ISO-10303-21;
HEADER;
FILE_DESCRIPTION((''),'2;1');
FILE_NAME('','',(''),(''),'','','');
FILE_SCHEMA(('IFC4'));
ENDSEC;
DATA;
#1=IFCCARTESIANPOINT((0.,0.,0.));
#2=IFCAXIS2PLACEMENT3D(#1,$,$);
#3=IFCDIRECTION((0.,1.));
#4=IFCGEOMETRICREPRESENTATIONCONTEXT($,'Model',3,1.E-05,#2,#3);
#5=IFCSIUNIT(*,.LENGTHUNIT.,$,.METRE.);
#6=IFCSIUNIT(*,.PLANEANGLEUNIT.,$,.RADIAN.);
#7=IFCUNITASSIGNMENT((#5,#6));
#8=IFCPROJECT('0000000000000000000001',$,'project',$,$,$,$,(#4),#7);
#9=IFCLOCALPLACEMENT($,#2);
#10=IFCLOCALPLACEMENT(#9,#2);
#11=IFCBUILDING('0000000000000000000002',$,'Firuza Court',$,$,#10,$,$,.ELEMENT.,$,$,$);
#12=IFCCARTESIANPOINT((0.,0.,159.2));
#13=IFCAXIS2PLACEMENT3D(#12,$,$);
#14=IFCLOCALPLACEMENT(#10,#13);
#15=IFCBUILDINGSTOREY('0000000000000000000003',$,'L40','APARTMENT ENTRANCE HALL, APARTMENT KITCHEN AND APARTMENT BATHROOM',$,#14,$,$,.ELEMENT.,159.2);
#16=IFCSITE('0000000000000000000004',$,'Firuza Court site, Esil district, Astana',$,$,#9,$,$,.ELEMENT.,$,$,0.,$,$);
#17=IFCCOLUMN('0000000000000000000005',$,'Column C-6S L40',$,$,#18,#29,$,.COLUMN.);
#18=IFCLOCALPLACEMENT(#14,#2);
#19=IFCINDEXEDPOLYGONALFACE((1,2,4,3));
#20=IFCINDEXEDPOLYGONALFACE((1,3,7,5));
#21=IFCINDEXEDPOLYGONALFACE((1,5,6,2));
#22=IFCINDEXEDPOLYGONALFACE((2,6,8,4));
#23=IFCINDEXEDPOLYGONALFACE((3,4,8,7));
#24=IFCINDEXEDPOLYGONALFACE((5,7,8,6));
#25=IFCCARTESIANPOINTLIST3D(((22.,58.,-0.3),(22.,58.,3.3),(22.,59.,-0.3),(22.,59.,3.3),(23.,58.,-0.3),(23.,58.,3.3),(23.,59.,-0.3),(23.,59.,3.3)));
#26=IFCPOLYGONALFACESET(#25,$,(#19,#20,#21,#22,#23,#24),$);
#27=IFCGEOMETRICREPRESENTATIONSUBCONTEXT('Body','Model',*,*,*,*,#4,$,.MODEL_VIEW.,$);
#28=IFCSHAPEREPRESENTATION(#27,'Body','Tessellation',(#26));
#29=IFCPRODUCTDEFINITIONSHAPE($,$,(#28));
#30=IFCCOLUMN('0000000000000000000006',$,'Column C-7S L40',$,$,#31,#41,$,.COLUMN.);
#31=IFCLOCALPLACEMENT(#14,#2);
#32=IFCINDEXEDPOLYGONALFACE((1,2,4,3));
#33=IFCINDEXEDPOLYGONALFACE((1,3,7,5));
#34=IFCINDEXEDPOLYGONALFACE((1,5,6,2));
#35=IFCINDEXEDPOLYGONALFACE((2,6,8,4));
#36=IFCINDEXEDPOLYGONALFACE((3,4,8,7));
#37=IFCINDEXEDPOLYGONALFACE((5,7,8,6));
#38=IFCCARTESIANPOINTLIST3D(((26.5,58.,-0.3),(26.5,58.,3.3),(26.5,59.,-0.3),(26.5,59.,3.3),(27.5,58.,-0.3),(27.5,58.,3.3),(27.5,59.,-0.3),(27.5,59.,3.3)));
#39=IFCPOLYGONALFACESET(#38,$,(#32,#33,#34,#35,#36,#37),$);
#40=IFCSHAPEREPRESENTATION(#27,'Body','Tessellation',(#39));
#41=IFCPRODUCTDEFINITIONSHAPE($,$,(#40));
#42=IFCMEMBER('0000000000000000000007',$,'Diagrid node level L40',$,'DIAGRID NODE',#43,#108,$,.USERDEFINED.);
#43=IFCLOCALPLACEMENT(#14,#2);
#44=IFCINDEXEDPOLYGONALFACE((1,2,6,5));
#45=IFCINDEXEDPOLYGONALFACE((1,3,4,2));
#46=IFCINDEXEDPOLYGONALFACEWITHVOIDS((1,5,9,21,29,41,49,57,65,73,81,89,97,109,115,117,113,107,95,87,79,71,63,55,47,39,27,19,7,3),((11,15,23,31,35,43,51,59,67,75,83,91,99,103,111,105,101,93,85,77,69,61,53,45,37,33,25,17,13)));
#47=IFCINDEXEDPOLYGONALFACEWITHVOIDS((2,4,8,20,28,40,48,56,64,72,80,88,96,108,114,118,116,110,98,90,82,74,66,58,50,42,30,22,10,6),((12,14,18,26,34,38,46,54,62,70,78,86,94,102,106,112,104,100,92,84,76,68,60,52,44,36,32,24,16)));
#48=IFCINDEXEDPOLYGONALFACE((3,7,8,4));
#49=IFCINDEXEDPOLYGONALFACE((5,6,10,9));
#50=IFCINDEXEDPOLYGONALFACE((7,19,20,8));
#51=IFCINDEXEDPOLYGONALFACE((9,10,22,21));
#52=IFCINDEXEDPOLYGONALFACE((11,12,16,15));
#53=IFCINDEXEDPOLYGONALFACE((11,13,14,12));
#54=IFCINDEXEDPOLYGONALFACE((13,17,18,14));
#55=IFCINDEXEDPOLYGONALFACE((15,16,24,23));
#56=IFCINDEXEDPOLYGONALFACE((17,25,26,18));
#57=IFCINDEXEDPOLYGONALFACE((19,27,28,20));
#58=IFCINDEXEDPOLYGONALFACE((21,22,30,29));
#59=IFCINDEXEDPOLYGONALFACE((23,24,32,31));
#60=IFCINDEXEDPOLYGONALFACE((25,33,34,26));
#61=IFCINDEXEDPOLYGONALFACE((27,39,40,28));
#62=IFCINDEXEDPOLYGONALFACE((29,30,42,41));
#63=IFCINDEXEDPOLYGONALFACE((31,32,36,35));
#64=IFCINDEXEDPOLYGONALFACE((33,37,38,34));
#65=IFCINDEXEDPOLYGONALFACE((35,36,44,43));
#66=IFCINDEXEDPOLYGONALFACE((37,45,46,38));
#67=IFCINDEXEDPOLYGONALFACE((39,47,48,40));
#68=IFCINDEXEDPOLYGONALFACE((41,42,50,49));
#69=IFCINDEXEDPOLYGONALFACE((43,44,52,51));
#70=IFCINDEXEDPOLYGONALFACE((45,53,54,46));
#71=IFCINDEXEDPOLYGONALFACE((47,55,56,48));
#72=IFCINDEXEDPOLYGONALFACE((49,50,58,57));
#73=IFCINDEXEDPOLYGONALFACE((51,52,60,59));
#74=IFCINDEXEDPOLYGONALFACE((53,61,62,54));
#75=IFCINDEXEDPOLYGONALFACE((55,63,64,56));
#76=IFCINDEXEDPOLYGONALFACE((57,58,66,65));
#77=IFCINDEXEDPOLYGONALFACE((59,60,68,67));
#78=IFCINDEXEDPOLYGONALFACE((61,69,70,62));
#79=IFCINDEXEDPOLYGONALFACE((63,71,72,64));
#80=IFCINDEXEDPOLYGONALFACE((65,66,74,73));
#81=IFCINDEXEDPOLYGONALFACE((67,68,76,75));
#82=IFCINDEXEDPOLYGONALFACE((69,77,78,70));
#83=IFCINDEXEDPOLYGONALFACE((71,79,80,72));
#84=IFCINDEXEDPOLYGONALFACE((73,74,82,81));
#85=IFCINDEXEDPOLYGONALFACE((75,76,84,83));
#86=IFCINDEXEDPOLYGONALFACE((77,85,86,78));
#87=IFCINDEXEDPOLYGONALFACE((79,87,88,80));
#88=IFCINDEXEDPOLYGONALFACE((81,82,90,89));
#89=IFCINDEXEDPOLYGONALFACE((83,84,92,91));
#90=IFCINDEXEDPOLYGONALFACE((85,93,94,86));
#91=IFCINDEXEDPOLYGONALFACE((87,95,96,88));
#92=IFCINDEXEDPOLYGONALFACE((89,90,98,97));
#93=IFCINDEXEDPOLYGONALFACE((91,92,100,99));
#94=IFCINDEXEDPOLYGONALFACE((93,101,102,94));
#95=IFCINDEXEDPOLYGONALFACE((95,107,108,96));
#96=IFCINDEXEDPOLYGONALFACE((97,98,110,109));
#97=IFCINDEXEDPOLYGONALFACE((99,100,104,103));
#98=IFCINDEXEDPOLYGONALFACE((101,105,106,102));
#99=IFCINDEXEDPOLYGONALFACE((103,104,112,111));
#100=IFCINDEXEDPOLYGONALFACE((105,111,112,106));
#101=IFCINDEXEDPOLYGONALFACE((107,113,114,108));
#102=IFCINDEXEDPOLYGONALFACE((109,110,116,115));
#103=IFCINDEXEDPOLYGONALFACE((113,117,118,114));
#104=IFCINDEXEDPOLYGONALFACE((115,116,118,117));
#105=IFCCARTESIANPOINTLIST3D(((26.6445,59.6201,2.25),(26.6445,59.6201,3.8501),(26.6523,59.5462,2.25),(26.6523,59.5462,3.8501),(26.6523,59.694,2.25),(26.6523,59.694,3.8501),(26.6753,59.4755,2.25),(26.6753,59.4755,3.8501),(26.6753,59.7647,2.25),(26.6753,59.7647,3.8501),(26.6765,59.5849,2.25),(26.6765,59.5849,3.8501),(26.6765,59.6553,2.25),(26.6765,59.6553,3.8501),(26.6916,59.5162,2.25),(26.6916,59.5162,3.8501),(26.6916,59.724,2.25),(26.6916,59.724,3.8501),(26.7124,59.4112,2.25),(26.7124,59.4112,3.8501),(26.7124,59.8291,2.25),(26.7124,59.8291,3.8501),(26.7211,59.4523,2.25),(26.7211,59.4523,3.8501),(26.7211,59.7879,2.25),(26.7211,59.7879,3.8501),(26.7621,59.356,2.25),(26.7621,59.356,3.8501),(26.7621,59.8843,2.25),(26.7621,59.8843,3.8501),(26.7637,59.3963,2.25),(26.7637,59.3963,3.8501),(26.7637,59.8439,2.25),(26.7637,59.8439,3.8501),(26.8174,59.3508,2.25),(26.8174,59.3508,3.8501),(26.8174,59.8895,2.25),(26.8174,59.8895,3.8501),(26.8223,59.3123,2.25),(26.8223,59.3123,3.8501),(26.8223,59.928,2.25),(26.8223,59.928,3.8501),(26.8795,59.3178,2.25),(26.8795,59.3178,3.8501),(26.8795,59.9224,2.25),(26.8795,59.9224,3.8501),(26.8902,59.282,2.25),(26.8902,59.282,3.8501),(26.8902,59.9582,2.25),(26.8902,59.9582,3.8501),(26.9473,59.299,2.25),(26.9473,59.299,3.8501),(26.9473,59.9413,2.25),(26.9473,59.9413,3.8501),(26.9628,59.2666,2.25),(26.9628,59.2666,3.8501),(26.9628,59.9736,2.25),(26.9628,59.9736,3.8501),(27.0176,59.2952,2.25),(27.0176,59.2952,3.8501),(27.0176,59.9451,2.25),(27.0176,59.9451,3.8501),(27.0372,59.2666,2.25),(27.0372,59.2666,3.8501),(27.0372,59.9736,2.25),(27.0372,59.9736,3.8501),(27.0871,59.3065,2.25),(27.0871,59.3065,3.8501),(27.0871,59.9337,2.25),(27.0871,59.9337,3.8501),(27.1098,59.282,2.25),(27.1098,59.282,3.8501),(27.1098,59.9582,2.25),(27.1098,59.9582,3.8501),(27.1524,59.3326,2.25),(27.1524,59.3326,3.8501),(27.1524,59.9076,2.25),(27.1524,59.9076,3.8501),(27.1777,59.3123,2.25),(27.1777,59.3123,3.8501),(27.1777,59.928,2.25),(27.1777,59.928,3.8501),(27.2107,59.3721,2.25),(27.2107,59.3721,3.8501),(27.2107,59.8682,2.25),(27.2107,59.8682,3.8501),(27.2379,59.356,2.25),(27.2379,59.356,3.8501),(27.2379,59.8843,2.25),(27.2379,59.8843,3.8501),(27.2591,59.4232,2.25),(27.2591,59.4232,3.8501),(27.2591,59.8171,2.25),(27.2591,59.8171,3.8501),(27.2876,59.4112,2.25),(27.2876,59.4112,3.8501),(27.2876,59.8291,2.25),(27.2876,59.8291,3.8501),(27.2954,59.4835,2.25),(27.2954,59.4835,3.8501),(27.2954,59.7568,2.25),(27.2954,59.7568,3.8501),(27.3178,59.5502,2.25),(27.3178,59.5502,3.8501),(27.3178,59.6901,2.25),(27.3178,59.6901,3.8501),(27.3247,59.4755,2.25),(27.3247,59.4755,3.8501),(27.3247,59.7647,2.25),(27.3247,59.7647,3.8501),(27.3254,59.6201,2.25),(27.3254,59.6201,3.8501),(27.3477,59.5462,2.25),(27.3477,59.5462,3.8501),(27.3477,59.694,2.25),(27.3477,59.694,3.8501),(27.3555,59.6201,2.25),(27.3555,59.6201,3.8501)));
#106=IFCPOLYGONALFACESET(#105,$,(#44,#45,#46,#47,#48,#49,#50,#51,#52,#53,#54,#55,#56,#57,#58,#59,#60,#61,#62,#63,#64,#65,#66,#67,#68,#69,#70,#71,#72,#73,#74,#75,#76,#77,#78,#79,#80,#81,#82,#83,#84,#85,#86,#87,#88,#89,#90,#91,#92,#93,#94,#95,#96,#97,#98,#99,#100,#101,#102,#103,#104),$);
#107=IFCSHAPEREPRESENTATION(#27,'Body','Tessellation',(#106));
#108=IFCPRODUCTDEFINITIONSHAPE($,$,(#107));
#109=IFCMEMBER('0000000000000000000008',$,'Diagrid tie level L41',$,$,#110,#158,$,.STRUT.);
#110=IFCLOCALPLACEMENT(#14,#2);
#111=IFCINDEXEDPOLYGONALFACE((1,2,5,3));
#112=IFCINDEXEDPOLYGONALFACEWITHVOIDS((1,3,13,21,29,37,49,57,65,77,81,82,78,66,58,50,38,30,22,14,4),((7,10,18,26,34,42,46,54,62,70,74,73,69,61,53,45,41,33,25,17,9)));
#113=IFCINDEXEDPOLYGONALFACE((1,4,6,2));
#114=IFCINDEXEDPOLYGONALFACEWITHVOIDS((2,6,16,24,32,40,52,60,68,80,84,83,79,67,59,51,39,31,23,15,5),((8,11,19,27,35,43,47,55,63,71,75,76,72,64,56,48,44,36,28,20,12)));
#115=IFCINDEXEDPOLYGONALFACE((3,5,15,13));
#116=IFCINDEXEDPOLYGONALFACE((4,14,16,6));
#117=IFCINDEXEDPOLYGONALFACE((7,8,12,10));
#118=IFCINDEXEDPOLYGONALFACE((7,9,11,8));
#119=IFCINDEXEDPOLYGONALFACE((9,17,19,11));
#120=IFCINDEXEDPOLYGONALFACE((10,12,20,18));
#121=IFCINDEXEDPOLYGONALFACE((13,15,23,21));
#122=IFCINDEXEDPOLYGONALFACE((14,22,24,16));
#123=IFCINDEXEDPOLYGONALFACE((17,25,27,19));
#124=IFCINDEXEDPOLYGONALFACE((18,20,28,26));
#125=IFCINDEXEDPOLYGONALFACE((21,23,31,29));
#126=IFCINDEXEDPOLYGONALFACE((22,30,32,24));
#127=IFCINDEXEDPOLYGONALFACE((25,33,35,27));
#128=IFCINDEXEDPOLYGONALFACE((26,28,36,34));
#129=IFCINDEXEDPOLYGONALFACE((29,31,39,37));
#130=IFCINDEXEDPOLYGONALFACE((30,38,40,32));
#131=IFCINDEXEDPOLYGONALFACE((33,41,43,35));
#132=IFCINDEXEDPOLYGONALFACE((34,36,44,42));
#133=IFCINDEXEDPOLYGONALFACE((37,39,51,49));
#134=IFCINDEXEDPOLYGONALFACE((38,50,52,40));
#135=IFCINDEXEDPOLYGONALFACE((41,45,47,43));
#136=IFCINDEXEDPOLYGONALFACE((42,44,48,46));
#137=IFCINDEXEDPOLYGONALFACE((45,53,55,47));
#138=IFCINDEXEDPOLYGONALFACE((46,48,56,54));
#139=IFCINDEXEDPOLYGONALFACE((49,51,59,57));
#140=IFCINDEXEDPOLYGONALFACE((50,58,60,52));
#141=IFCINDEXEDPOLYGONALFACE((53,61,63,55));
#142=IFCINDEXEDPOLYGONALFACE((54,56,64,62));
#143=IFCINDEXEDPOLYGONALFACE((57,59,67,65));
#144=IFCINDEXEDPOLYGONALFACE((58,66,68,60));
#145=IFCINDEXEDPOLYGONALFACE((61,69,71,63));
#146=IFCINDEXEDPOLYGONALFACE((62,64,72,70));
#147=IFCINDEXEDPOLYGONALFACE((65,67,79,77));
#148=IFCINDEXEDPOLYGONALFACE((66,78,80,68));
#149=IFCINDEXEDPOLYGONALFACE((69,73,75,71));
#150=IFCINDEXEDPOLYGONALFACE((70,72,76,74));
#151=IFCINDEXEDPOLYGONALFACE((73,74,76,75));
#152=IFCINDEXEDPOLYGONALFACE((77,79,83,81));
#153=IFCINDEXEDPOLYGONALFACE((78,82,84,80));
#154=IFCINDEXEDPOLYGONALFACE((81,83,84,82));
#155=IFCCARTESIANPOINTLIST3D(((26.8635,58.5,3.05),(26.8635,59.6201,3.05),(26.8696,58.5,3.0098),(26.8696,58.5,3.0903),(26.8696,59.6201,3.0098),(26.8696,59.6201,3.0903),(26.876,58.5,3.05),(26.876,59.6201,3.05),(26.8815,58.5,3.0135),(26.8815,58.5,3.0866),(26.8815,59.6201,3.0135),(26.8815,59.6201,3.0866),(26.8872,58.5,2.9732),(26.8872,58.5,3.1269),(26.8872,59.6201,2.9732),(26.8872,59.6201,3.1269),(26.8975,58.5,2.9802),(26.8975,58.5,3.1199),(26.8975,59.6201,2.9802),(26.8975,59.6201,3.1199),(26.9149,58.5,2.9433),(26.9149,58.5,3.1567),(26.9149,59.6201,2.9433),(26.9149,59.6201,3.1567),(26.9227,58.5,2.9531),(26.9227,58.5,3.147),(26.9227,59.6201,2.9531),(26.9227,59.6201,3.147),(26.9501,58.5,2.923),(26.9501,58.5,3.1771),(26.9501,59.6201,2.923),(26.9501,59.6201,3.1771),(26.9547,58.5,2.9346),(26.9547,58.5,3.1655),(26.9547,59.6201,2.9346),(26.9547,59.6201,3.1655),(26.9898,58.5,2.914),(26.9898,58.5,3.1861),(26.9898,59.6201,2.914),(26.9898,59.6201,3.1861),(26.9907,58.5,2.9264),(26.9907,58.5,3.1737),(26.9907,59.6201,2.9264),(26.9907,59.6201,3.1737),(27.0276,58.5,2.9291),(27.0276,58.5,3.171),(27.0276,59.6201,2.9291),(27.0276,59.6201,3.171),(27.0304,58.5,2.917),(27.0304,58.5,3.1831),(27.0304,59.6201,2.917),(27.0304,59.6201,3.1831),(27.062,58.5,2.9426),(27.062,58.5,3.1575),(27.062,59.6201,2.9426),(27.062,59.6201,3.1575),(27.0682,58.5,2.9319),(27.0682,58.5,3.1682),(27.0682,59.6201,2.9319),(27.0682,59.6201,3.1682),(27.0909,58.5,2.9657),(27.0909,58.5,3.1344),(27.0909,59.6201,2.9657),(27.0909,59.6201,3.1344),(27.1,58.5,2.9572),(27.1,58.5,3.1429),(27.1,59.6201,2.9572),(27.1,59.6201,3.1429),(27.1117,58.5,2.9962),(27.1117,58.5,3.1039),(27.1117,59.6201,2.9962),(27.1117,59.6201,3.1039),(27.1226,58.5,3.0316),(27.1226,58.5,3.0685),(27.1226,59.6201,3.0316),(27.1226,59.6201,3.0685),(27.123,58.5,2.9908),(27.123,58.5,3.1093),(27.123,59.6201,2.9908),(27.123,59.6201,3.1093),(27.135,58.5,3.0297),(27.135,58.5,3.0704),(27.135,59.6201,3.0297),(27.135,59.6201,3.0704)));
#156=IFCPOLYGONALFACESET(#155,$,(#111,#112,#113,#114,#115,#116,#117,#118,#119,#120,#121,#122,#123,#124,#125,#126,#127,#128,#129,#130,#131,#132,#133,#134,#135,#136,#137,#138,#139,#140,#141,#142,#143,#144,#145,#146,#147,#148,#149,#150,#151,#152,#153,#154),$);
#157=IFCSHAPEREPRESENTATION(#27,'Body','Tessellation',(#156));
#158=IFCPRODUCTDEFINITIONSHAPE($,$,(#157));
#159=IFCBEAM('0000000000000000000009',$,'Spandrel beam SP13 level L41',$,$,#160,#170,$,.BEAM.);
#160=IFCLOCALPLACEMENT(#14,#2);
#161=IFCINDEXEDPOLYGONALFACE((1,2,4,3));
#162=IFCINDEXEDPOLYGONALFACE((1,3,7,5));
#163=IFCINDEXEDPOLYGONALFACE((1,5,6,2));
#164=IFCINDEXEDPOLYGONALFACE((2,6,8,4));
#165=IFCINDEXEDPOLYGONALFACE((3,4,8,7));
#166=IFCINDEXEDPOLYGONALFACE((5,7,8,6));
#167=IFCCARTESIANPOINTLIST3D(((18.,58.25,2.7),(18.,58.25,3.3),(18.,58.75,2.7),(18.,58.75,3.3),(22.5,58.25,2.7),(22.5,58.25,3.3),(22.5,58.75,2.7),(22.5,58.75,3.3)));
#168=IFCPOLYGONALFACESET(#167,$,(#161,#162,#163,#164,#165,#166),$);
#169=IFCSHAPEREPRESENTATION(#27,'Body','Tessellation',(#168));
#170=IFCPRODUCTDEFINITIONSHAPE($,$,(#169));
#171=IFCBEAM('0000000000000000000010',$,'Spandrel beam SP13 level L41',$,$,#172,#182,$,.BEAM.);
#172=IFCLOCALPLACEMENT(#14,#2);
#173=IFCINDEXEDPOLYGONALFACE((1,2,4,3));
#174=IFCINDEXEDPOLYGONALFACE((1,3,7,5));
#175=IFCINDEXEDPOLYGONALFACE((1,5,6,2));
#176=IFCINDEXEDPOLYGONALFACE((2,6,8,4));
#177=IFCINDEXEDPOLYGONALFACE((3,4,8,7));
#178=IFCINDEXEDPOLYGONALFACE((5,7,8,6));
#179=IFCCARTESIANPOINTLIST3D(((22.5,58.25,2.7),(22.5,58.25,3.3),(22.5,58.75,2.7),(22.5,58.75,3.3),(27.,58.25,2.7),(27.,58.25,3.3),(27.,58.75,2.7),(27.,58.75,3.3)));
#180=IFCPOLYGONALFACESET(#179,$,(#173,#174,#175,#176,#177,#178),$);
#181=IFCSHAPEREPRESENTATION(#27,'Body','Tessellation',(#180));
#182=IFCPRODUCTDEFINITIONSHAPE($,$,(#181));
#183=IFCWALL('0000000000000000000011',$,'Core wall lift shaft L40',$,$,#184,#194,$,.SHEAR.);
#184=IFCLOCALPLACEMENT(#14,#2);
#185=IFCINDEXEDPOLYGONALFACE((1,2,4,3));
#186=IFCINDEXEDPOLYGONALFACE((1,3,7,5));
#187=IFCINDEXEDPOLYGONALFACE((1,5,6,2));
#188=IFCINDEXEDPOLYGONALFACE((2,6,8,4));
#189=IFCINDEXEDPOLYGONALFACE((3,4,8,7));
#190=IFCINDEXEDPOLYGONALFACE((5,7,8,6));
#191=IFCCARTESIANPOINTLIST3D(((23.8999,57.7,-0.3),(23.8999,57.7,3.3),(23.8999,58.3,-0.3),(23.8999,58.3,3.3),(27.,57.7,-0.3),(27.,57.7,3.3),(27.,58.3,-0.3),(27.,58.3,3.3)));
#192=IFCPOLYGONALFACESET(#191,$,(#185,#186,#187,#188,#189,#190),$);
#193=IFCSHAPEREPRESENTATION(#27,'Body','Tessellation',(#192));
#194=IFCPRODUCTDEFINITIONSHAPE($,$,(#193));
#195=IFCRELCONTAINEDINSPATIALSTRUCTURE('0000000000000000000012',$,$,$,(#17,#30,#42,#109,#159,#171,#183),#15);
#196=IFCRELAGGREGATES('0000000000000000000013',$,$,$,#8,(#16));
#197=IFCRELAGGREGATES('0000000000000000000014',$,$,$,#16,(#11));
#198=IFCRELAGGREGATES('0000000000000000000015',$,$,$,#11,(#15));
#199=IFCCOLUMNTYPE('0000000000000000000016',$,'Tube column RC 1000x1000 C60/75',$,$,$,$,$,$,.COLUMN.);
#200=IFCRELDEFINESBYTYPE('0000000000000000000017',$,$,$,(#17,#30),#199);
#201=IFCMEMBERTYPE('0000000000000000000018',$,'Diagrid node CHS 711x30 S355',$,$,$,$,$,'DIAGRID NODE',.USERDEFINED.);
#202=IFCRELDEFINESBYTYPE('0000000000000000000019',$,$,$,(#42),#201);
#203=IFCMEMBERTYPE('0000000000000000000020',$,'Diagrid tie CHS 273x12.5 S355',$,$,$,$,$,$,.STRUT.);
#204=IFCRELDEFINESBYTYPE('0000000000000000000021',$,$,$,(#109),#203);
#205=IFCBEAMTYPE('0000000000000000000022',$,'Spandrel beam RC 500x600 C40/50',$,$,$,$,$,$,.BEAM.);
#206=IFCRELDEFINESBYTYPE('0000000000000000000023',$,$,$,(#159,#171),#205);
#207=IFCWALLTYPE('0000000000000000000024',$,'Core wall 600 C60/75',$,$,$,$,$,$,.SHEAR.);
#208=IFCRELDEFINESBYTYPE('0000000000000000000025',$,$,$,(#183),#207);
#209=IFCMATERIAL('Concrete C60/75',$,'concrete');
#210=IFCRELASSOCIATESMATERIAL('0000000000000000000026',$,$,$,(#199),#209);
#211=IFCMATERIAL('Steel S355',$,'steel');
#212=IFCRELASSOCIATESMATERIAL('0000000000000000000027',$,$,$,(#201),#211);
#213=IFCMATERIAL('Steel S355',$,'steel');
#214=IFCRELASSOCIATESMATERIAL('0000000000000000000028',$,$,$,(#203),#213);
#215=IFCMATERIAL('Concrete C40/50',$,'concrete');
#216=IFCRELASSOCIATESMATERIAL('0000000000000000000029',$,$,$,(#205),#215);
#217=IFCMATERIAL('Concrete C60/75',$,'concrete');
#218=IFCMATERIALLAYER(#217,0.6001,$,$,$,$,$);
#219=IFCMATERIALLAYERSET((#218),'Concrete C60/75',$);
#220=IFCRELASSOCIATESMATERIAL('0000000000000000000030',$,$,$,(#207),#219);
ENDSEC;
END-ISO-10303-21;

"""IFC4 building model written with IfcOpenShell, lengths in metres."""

from ifc_helpers import new_model, si_unit, direction, frame, frame_2d, origin, origin_2d, place, context, subcontext, project, spatial, rectangle, hollow_circle, extrude, material, layer, layer_set, material_profile, profile_set, type_object, element, save


model = new_model("IFC4")

# Units and contexts
model_context = context("Model", 3, precision=1e-05, world=origin(), true_north=direction((0.0, 1.0)))
body_context = subcontext(model_context, "Body", "Model", "MODEL_VIEW")
ifc_project = project(units=[si_unit("LENGTHUNIT", "METRE"), si_unit("PLANEANGLEUNIT", "RADIAN")], contexts=[model_context])

# Site, building, storey
site_placement = place(None, origin())
site = spatial("IfcSite", under=ifc_project, at=site_placement, Name="Firuza Court site, Esil district, Astana", CompositionType="ELEMENT", RefElevation=0.0)
building_placement = place(site_placement, origin())
building = spatial("IfcBuilding", under=site, at=building_placement, Name="Firuza Court", CompositionType="ELEMENT")
storey_placement = place(building_placement, frame((0.0, 0.0, 159.2)))
storey = spatial("IfcBuildingStorey", under=building, at=storey_placement, Name="L40", Description="APARTMENT ENTRANCE HALL, APARTMENT KITCHEN AND APARTMENT BATHROOM", CompositionType="ELEMENT", Elevation=159.2)

# Columns
ifc_material_1 = material(Name="Concrete C60/75", Category="concrete")
ifc_material_profile_1 = material_profile(ifc_material_1, rectangle(XDim=1.0, YDim=1.0, at=origin_2d()), Name="RC 1000x1000")
ifc_profile_set_1 = profile_set([ifc_material_profile_1], Name="Concrete C60/75")
column_type = type_object("IfcColumnType", Name="Tube column RC 1000x1000 C60/75", PredefinedType="COLUMN", material=ifc_profile_set_1)
for number, where, z_axis, x_axis, name in (
    (1, (22.5, 58.5, -0.3), (0.0, 0.0, 1.0), (1.0, 0.0, 0.0), "Column C-6S L40"),
    (2, (27.0, 58.5, -0.3), (0.0, 0.0, 1.0), (1.0, 0.0, 0.0), "Column C-7S L40"),
):
    element("IfcColumn", number, at=place(storey_placement, frame(where, z_axis=z_axis, x_axis=x_axis)), inside=storey, type_object=column_type, Name=name, PredefinedType="COLUMN", context=body_context, shape_type="SweptSolid", body=[
        extrude(rectangle(XDim=1.0, YDim=1.0, at=origin_2d()), origin(), (0.0, 0.0, 1.0), 3.6001),
    ])

# Members
ifc_material_2 = material(Name="Steel S355", Category="steel")
ifc_material_profile_2 = material_profile(ifc_material_2, hollow_circle(Radius=0.3555, WallThickness=0.03, at=origin_2d()), Name="CHS 711x30")
ifc_profile_set_2 = profile_set([ifc_material_profile_2], Name="Steel S355")
member_type_1 = type_object("IfcMemberType", Name="Diagrid node CHS 711x30 S355", ElementType="DIAGRID NODE", PredefinedType="USERDEFINED", material=ifc_profile_set_2)
member_1_placement = place(storey_placement, frame((27.0, 59.6201, 2.25), z_axis=(0.0, 0.0, 1.0), x_axis=(1.0, 0.0, 0.0)))
element("IfcMember", 3, at=member_1_placement, inside=storey, type_object=member_type_1, Name="Diagrid node level L40", ObjectType="DIAGRID NODE", PredefinedType="USERDEFINED", context=body_context, shape_type="SweptSolid", body=[
    extrude(hollow_circle(Radius=0.3555, WallThickness=0.03, at=origin_2d()), origin(), (0.0, 0.0, 1.0), 1.6001),
])
ifc_material_3 = material(Name="Steel S355", Category="steel")
ifc_material_profile_3 = material_profile(ifc_material_3, hollow_circle(Radius=0.1365, WallThickness=0.0125, at=origin_2d()), Name="CHS 273x12.5")
ifc_profile_set_3 = profile_set([ifc_material_profile_3], Name="Steel S355")
member_type_2 = type_object("IfcMemberType", Name="Diagrid tie CHS 273x12.5 S355", PredefinedType="STRUT", material=ifc_profile_set_3)
member_2_placement = place(storey_placement, frame((27.0, 58.5, 3.05), z_axis=(0.0, 1.0, 0.0), x_axis=(-1.0, 0.0, 0.0)))
element("IfcMember", 4, at=member_2_placement, inside=storey, type_object=member_type_2, Name="Diagrid tie level L41", PredefinedType="STRUT", context=body_context, shape_type="SweptSolid", body=[
    extrude(hollow_circle(Radius=0.1365, WallThickness=0.0125, at=origin_2d()), origin(), (0.0, 0.0, 1.0), 1.1201),
])

# Beams
ifc_material_4 = material(Name="Concrete C40/50", Category="concrete")
ifc_material_profile_4 = material_profile(ifc_material_4, rectangle(XDim=0.5, YDim=0.6001, at=origin_2d()), Name="RC 500x600")
ifc_profile_set_4 = profile_set([ifc_material_profile_4], Name="Concrete C40/50")
beam_type = type_object("IfcBeamType", Name="Spandrel beam RC 500x600 C40/50", PredefinedType="BEAM", material=ifc_profile_set_4)
for number, where, z_axis, x_axis, name in (
    (5, (22.5, 58.5, 3.0), (-1.0, 0.0, 0.0), (0.0, -1.0, 0.0), "Spandrel beam SP13 level L41"),
    (6, (27.0, 58.5, 3.0), (-1.0, 0.0, 0.0), (0.0, -1.0, 0.0), "Spandrel beam SP13 level L41"),
):
    element("IfcBeam", number, at=place(storey_placement, frame(where, z_axis=z_axis, x_axis=x_axis)), inside=storey, type_object=beam_type, Name=name, PredefinedType="BEAM", context=body_context, shape_type="SweptSolid", body=[
        extrude(rectangle(XDim=0.5, YDim=0.6001, at=origin_2d()), origin(), (0.0, 0.0, 1.0), 4.5),
    ])

# Wall
ifc_material_5 = material(Name="Concrete C60/75", Category="concrete")
ifc_layer_1 = layer(ifc_material_5, 0.6001)
ifc_layer_set_1 = layer_set([ifc_layer_1], Name="Concrete C60/75")
wall_type_1 = type_object("IfcWallType", Name="Core wall 600 C60/75", PredefinedType="SHEAR", material=ifc_layer_set_1)
wall_1_placement = place(storey_placement, frame((23.8999, 58.0, -0.3), z_axis=(0.0, 0.0, 1.0), x_axis=(1.0, 0.0, 0.0)))
element("IfcWall", 7, at=wall_1_placement, inside=storey, type_object=wall_type_1, Name="Core wall lift shaft L40", PredefinedType="SHEAR", context=body_context, shape_type="SweptSolid", body=[
    extrude(rectangle(XDim=3.1001, YDim=0.6001, at=frame_2d((1.55, 0.0))), origin(), (0.0, 0.0, 1.0), 3.6001),
])

save(model, "model.ifc")
